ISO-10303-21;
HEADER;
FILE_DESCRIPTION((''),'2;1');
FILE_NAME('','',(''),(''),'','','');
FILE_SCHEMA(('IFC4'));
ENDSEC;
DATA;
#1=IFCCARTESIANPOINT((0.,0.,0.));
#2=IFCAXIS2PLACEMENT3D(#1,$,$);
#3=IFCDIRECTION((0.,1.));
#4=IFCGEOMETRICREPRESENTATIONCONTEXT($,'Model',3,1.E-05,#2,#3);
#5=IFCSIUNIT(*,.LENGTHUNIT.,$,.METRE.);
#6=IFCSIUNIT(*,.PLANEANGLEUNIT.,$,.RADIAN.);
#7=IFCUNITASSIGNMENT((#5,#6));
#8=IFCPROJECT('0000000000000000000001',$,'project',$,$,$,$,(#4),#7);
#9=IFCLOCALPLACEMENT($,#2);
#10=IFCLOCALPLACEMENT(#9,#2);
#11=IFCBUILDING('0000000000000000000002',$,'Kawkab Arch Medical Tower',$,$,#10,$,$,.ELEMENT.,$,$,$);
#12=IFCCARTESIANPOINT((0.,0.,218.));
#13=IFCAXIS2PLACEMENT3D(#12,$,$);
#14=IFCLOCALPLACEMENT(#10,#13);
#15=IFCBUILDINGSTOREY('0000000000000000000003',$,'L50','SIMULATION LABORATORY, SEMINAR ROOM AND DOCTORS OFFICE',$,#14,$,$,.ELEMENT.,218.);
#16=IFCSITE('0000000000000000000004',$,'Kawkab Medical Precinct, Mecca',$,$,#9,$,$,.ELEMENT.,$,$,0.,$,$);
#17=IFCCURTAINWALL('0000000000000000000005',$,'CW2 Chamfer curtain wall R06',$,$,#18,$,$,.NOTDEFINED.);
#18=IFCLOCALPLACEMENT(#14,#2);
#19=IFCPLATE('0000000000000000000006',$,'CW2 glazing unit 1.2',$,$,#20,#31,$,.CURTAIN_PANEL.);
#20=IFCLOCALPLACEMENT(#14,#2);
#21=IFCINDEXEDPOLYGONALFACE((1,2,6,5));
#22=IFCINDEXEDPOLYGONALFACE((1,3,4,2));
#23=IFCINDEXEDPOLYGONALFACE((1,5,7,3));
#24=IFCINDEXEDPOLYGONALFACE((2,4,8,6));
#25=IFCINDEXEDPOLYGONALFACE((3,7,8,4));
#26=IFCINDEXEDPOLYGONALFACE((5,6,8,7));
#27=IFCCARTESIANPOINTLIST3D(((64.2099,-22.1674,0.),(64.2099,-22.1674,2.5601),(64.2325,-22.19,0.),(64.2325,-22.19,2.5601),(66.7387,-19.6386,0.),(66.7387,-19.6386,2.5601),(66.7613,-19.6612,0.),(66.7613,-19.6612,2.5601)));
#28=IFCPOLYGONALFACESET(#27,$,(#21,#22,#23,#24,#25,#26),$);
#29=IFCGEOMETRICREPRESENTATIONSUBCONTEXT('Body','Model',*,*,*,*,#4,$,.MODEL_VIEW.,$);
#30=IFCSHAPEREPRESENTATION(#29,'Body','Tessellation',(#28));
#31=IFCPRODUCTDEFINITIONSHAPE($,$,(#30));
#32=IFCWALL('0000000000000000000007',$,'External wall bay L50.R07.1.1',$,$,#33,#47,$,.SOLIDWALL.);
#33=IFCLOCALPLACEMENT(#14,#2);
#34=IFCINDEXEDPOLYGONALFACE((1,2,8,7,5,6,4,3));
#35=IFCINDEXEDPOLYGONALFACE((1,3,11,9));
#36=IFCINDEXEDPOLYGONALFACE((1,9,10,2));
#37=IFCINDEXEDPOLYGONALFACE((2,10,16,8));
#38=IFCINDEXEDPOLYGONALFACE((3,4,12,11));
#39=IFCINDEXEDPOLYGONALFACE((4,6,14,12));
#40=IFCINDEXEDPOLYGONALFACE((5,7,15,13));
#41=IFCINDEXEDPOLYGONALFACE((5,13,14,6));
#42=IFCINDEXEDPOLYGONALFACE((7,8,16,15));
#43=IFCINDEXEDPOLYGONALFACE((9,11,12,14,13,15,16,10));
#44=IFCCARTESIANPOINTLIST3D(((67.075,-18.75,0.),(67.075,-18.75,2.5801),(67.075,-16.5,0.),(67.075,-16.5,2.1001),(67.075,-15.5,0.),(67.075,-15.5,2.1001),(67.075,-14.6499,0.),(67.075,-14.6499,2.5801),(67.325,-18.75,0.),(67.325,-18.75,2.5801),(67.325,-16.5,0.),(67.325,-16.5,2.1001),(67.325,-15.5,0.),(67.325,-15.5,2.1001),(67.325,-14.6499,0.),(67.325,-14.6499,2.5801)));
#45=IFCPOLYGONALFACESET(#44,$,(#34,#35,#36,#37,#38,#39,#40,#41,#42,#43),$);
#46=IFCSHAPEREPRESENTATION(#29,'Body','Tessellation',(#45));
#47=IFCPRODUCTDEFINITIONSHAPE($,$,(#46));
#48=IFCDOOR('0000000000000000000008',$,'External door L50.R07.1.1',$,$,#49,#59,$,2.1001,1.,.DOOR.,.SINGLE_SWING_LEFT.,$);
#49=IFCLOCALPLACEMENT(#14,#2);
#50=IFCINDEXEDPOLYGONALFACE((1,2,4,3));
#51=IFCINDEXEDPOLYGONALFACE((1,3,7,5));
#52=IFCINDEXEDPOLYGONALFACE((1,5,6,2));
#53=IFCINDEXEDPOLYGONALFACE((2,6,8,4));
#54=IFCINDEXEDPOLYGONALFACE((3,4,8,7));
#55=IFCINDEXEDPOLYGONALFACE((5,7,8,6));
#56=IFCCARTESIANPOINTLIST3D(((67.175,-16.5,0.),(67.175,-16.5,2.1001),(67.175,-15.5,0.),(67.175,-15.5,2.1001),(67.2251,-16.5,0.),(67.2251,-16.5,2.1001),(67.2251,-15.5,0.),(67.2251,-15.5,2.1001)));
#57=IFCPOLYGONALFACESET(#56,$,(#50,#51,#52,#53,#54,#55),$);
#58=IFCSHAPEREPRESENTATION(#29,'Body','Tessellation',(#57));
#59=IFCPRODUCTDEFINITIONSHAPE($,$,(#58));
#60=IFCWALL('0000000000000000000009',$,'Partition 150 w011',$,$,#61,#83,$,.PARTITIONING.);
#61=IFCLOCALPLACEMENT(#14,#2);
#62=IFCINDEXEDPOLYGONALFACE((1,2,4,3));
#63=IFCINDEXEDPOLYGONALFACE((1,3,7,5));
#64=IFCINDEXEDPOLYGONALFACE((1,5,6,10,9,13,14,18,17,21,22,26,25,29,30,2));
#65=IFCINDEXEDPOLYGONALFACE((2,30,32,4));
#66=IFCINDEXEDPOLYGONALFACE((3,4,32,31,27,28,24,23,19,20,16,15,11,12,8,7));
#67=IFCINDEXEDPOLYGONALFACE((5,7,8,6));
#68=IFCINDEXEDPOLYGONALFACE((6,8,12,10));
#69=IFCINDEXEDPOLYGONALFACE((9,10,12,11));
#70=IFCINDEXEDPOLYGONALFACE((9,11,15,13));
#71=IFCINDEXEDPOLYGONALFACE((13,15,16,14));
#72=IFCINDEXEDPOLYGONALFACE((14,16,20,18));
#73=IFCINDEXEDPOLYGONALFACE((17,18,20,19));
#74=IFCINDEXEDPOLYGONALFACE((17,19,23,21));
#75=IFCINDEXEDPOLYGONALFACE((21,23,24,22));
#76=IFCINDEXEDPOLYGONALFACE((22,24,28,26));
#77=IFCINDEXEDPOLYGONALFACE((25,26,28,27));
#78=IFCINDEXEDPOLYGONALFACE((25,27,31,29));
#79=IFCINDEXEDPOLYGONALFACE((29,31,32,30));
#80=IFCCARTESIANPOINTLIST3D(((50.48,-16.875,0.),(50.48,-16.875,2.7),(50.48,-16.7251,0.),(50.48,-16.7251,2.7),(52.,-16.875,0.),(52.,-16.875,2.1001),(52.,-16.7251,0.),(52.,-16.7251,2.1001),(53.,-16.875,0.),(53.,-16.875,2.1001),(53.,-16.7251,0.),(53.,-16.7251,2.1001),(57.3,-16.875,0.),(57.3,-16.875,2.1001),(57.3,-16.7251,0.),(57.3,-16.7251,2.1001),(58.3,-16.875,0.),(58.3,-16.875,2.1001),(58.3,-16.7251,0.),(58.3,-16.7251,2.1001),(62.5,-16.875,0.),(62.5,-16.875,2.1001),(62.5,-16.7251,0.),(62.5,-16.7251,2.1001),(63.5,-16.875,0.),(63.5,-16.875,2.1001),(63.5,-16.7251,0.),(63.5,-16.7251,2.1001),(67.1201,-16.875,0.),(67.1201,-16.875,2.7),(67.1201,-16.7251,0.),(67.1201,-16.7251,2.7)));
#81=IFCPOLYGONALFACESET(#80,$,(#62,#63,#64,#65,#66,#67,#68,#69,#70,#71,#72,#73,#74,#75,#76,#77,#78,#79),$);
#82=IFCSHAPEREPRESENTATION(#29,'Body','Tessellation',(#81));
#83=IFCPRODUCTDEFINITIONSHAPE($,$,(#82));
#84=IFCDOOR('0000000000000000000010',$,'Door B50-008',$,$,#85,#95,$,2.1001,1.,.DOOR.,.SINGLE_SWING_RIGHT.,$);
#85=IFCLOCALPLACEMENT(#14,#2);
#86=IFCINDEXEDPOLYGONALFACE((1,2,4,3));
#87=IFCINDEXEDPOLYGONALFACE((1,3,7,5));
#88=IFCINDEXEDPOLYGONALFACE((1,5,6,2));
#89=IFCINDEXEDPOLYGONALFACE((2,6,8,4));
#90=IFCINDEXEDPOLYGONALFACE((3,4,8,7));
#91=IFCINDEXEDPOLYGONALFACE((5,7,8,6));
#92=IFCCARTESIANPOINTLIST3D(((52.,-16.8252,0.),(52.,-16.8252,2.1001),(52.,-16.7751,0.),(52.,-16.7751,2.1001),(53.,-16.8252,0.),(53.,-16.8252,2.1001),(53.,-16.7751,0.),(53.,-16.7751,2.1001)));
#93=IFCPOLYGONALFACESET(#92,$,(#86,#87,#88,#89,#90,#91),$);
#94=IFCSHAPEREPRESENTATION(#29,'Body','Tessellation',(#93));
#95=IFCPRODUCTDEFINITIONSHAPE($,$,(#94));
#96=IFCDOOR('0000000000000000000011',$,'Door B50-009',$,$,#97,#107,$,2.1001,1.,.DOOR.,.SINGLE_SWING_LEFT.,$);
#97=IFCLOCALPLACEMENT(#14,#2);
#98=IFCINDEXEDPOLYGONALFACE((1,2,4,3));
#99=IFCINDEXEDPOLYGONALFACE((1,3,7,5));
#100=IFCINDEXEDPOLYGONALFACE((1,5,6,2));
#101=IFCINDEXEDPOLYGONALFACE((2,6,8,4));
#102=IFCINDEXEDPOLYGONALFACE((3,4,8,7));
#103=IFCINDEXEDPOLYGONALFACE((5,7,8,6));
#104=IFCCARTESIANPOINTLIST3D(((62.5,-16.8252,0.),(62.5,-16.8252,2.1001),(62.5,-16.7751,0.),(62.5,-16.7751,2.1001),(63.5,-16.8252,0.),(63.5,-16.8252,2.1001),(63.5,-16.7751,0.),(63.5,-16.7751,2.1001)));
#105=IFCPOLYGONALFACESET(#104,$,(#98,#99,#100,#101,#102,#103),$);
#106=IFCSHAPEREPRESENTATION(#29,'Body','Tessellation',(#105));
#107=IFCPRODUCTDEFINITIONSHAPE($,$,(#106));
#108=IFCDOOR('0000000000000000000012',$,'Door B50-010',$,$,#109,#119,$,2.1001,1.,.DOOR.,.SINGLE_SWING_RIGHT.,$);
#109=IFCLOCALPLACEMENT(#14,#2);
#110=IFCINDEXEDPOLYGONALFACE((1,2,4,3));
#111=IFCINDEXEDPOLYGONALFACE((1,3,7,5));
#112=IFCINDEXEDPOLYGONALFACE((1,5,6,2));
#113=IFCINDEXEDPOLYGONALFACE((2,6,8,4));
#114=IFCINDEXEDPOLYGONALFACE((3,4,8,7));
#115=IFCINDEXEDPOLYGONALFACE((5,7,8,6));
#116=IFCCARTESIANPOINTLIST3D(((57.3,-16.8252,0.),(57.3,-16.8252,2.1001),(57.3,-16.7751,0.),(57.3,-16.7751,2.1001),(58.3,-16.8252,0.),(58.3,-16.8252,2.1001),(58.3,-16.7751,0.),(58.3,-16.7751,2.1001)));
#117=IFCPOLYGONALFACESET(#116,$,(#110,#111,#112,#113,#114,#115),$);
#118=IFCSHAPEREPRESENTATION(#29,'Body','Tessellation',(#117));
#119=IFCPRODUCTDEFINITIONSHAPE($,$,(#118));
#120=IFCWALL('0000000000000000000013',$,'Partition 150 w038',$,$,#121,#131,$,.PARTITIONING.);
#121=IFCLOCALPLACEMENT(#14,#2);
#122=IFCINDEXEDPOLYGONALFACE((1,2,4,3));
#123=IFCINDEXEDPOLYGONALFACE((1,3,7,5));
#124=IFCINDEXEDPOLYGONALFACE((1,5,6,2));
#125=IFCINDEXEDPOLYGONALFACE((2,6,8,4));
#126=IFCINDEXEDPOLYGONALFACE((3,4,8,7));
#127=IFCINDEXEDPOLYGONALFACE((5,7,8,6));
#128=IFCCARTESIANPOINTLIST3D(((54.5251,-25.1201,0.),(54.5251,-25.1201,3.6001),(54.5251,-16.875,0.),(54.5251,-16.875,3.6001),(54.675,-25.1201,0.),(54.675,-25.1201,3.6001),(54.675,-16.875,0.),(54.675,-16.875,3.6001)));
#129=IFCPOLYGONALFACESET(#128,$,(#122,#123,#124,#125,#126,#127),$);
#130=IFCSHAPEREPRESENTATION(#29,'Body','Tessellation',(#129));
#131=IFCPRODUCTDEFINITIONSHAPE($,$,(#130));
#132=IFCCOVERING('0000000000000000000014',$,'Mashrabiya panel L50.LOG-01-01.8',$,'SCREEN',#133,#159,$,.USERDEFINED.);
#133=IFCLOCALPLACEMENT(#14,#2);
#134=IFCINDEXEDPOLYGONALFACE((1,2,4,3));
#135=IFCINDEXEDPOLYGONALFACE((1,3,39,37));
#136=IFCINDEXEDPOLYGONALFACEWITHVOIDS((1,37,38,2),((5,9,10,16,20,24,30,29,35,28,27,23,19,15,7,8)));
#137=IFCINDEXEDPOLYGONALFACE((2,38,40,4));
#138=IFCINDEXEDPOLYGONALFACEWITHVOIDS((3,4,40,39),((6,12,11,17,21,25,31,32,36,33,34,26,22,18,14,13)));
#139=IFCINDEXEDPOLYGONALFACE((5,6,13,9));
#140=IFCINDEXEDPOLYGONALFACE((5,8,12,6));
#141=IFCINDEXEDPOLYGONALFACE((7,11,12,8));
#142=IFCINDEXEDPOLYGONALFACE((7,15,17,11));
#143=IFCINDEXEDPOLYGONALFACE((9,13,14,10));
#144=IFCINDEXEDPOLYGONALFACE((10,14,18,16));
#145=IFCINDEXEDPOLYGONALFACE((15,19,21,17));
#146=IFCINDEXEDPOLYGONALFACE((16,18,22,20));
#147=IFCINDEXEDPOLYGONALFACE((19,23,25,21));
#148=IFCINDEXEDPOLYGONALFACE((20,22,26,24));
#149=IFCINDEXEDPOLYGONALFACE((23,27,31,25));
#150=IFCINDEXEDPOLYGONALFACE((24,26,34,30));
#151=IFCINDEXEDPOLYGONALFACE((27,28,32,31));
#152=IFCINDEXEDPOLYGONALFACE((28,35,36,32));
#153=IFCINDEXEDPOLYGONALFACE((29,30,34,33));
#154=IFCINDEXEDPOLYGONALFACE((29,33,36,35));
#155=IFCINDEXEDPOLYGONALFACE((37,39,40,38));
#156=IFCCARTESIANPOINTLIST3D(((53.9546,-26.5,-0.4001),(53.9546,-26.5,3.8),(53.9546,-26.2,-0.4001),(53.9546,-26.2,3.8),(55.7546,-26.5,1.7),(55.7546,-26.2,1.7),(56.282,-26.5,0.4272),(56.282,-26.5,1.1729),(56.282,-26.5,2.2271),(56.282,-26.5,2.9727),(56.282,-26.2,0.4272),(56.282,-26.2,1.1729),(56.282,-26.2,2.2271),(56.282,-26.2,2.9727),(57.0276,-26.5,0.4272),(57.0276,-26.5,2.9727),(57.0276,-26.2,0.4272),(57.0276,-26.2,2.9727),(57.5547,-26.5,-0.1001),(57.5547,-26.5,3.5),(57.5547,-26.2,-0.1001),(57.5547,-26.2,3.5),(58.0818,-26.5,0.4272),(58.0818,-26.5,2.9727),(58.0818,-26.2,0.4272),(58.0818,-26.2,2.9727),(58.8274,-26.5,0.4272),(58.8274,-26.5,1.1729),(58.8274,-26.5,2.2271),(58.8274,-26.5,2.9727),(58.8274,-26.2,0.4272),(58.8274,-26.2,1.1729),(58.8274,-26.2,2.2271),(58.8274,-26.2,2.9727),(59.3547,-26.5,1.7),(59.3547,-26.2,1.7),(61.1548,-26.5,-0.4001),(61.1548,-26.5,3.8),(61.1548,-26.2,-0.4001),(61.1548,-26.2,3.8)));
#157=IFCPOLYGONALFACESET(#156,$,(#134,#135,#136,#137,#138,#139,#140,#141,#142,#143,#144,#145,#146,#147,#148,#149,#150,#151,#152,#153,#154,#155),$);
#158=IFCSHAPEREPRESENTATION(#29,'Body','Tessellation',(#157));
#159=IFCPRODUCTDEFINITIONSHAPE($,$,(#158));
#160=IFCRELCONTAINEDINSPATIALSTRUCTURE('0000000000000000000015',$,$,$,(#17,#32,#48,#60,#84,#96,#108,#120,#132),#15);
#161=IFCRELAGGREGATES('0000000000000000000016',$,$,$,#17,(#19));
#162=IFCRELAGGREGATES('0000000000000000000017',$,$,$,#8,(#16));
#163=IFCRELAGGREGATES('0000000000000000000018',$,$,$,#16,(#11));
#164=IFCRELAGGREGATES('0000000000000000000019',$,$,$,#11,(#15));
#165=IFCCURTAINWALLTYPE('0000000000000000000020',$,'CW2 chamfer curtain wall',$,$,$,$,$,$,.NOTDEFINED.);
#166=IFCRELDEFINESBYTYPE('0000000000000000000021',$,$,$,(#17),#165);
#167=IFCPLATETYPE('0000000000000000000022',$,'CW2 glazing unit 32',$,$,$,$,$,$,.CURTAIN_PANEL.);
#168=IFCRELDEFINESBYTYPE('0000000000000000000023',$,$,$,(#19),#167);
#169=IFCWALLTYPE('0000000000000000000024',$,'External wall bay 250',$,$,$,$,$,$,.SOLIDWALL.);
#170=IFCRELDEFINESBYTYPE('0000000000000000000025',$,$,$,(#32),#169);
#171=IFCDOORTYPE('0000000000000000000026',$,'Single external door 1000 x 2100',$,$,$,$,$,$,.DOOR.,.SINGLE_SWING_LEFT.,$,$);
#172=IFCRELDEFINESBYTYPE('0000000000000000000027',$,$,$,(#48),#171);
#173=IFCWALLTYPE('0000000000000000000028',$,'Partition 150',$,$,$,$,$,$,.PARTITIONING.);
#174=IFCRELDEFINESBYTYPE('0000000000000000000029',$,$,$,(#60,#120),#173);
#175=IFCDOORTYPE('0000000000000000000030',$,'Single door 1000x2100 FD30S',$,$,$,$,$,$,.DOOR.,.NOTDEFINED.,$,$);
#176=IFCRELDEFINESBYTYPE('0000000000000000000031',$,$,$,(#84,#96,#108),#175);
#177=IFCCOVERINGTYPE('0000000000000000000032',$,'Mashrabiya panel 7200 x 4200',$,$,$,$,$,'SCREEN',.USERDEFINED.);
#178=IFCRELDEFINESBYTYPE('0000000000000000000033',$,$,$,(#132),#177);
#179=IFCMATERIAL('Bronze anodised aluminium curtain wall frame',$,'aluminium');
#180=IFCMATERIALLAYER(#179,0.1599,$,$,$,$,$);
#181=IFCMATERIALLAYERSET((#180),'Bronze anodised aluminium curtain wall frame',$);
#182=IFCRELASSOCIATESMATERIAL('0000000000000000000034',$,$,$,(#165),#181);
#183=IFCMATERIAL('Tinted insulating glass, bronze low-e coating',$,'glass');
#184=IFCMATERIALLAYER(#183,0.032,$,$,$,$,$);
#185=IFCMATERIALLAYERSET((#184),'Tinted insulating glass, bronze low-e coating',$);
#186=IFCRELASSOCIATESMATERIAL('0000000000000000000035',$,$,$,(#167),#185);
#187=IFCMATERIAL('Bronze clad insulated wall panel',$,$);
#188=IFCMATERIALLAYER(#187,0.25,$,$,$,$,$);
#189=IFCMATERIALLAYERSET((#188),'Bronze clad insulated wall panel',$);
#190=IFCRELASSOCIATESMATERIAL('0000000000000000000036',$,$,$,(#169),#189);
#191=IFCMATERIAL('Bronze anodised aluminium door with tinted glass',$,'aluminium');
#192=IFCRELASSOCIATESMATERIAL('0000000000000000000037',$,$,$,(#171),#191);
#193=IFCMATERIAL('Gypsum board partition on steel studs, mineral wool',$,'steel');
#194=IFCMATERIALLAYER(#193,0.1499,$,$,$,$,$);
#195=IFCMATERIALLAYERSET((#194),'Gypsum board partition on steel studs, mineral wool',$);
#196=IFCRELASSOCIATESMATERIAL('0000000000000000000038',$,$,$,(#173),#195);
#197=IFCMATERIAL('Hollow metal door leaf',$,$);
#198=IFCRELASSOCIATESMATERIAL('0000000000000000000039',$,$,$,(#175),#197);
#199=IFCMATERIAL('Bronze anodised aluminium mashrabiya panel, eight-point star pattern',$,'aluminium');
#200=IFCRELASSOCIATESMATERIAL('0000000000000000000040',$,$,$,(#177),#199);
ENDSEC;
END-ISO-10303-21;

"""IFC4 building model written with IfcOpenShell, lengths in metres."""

from ifc_helpers import new_model, si_unit, direction, frame, frame_2d, origin, origin_2d, place, context, subcontext, project, spatial, polyline, rectangle, outline, extrude, material, layer, layer_set, material_profile, profile_set, type_object, element, fill, aggregate, save


model = new_model("IFC4")

# Units and contexts
model_context = context("Model", 3, precision=1e-05, world=origin(), true_north=direction((0.0, 1.0)))
body_context = subcontext(model_context, "Body", "Model", "MODEL_VIEW")
ifc_project = project(units=[si_unit("LENGTHUNIT", "METRE"), si_unit("PLANEANGLEUNIT", "RADIAN")], contexts=[model_context])

# Site, building, storey
site_placement = place(None, origin())
site = spatial("IfcSite", under=ifc_project, at=site_placement, Name="Kawkab Medical Precinct, Mecca", CompositionType="ELEMENT", RefElevation=0.0)
building_placement = place(site_placement, origin())
building = spatial("IfcBuilding", under=site, at=building_placement, Name="Kawkab Arch Medical Tower", CompositionType="ELEMENT")
storey_placement = place(building_placement, frame((0.0, 0.0, 218.0)))
storey = spatial("IfcBuildingStorey", under=building, at=storey_placement, Name="L50", Description="SIMULATION LABORATORY, SEMINAR ROOM AND DOCTORS OFFICE", CompositionType="ELEMENT", Elevation=218.0)

# Shared definitions
placement = place(storey_placement, origin())

# Curtain wall
ifc_material_1 = material(Name="Bronze anodised aluminium curtain wall frame", Category="aluminium")
ifc_layer_1 = layer(ifc_material_1, 0.1599)
ifc_layer_set_1 = layer_set([ifc_layer_1], Name="Bronze anodised aluminium curtain wall frame")
curtain_wall_type_1 = type_object("IfcCurtainWallType", Name="CW2 chamfer curtain wall", PredefinedType="NOTDEFINED", material=ifc_layer_set_1)
curtain_wall_1 = element("IfcCurtainWall", 1, at=placement, inside=storey, type_object=curtain_wall_type_1, Name="CW2 Chamfer curtain wall R06", PredefinedType="NOTDEFINED")

# Plate
ifc_material_2 = material(Name="Tinted insulating glass, bronze low-e coating", Category="glass")
ifc_layer_2 = layer(ifc_material_2, 0.032)
ifc_layer_set_2 = layer_set([ifc_layer_2], Name="Tinted insulating glass, bronze low-e coating")
plate_type_1 = type_object("IfcPlateType", Name="CW2 glazing unit 32", PredefinedType="CURTAIN_PANEL", material=ifc_layer_set_2)
plate_1_placement = place(storey_placement, frame((65.4856, -20.9143, 0.0), z_axis=(0.0, 0.0, 1.0), x_axis=(0.707107, 0.707107, 0.0)))
plate_1 = element("IfcPlate", 2, at=plate_1_placement, type_object=plate_type_1, Name="CW2 glazing unit 1.2", PredefinedType="CURTAIN_PANEL", context=body_context, shape_type="SweptSolid", body=[
    extrude(rectangle(XDim=3.5762, YDim=0.032, at=origin_2d()), origin(), (0.0, 0.0, 1.0), 2.5601),
])
aggregate(curtain_wall_1, [plate_1])

# Wall, opening, door
ifc_material_3 = material(Name="Bronze clad insulated wall panel")
ifc_layer_3 = layer(ifc_material_3, 0.25)
ifc_layer_set_3 = layer_set([ifc_layer_3], Name="Bronze clad insulated wall panel")
wall_type_1 = type_object("IfcWallType", Name="External wall bay 250", PredefinedType="SOLIDWALL", material=ifc_layer_set_3)
wall_1_placement = place(storey_placement, frame((67.2, -18.75, 0.0), z_axis=(0.0, 0.0, 1.0), x_axis=(0.0, 1.0, 0.0)))
wall_1 = element("IfcWall", 3, at=wall_1_placement, inside=storey, type_object=wall_type_1, Name="External wall bay L50.R07.1.1", PredefinedType="SOLIDWALL", context=body_context, shape_type="SweptSolid", body=[
    extrude(rectangle(XDim=4.1001, YDim=0.25, at=frame_2d((2.05, 0.0))), origin(), (0.0, 0.0, 1.0), 2.5801),
])
opening_1_placement = place(wall_1_placement, frame((2.25, 0.0, 0.0)))
opening_1 = element("IfcOpeningElement", 4, at=opening_1_placement, cuts=wall_1, PredefinedType="OPENING", context=body_context, shape_type="SweptSolid", body=[
    extrude(rectangle(XDim=1.0, YDim=2.1001, at=frame_2d((0.5, 1.05))), frame((0.0, 0.135, 0.0), z_axis=(0.0, -1.0, 0.0), x_axis=(1.0, 0.0, 0.0)), (0.0, 0.0, 1.0), 0.27),
])
ifc_material_4 = material(Name="Bronze anodised aluminium door with tinted glass", Category="aluminium")
door_type_1 = type_object("IfcDoorType", Name="Single external door 1000 x 2100", OperationType="SINGLE_SWING_LEFT", PredefinedType="DOOR", material=ifc_material_4)
door_1_placement = place(opening_1_placement, origin())
door_1 = element("IfcDoor", 5, at=door_1_placement, inside=storey, type_object=door_type_1, Name="External door L50.R07.1.1", OperationType="SINGLE_SWING_LEFT", OverallHeight=2.1001, OverallWidth=1.0, PredefinedType="DOOR", context=body_context, shape_type="SweptSolid", body=[
    extrude(rectangle(XDim=1.0, YDim=2.1001, at=frame_2d((0.5, 1.05))), frame((0.0, 0.0249, 0.0), z_axis=(0.0, -1.0, 0.0), x_axis=(1.0, 0.0, 0.0)), (0.0, 0.0, 1.0), 0.05),
])
fill(opening_1, door_1)

# Wall, openings, doors
ifc_material_5 = material(Name="Gypsum board partition on steel studs, mineral wool", Category="steel")
ifc_layer_4 = layer(ifc_material_5, 0.1499)
ifc_layer_set_4 = layer_set([ifc_layer_4], Name="Gypsum board partition on steel studs, mineral wool")
wall_type_2 = type_object("IfcWallType", Name="Partition 150", PredefinedType="PARTITIONING", material=ifc_layer_set_4)
wall_2_placement = place(storey_placement, frame((50.48, -16.8, 0.0), z_axis=(0.0, 0.0, 1.0), x_axis=(1.0, 0.0, 0.0)))
wall_2 = element("IfcWall", 6, at=wall_2_placement, inside=storey, type_object=wall_type_2, Name="Partition 150 w011", PredefinedType="PARTITIONING", context=body_context, shape_type="SweptSolid", body=[
    extrude(rectangle(XDim=16.6401, YDim=0.1499, at=frame_2d((8.3201, 0.0))), origin(), (0.0, 0.0, 1.0), 2.7),
])
opening_2_placement = place(wall_2_placement, frame((1.52, 0.0, 0.0)))
opening_2 = element("IfcOpeningElement", 7, at=opening_2_placement, cuts=wall_2, PredefinedType="OPENING", context=body_context, shape_type="SweptSolid", body=[
    extrude(rectangle(XDim=1.0, YDim=2.1001, at=frame_2d((0.5, 1.05))), frame((0.0, 0.085, 0.0), z_axis=(0.0, -1.0, 0.0), x_axis=(1.0, 0.0, 0.0)), (0.0, 0.0, 1.0), 0.1699),
])
opening_3_placement = place(wall_2_placement, frame((12.02, 0.0, 0.0)))
opening_3 = element("IfcOpeningElement", 8, at=opening_3_placement, cuts=wall_2, PredefinedType="OPENING", context=body_context, shape_type="SweptSolid", body=[
    extrude(rectangle(XDim=1.0, YDim=2.1001, at=frame_2d((0.5, 1.05))), frame((0.0, 0.085, 0.0), z_axis=(0.0, -1.0, 0.0), x_axis=(1.0, 0.0, 0.0)), (0.0, 0.0, 1.0), 0.1699),
])
opening_4_placement = place(wall_2_placement, frame((6.8201, 0.0, 0.0)))
opening_4 = element("IfcOpeningElement", 9, at=opening_4_placement, cuts=wall_2, PredefinedType="OPENING", context=body_context, shape_type="SweptSolid", body=[
    extrude(rectangle(XDim=1.0, YDim=2.1001, at=frame_2d((0.5, 1.05))), frame((0.0, 0.085, 0.0), z_axis=(0.0, -1.0, 0.0), x_axis=(1.0, 0.0, 0.0)), (0.0, 0.0, 1.0), 0.1699),
])
ifc_material_6 = material(Name="Hollow metal door leaf")
door_type_2 = type_object("IfcDoorType", Name="Single door 1000x2100 FD30S", OperationType="NOTDEFINED", PredefinedType="DOOR", material=ifc_material_6)
door_2_placement = place(opening_2_placement, origin())
door_2 = element("IfcDoor", 10, at=door_2_placement, inside=storey, type_object=door_type_2, Name="Door B50-008", OperationType="SINGLE_SWING_RIGHT", OverallHeight=2.1001, OverallWidth=1.0, PredefinedType="DOOR", context=body_context, shape_type="SweptSolid", body=[
    extrude(rectangle(XDim=1.0, YDim=2.1001, at=frame_2d((0.5, 1.05))), frame((0.0, 0.0249, 0.0), z_axis=(0.0, -1.0, 0.0), x_axis=(1.0, 0.0, 0.0)), (0.0, 0.0, 1.0), 0.05),
])
fill(opening_2, door_2)
door_3_placement = place(opening_3_placement, origin())
door_3 = element("IfcDoor", 11, at=door_3_placement, inside=storey, type_object=door_type_2, Name="Door B50-009", OperationType="SINGLE_SWING_LEFT", OverallHeight=2.1001, OverallWidth=1.0, PredefinedType="DOOR", context=body_context, shape_type="SweptSolid", body=[
    extrude(rectangle(XDim=1.0, YDim=2.1001, at=frame_2d((0.5, 1.05))), frame((0.0, 0.0249, 0.0), z_axis=(0.0, -1.0, 0.0), x_axis=(1.0, 0.0, 0.0)), (0.0, 0.0, 1.0), 0.05),
])
fill(opening_3, door_3)
door_4_placement = place(opening_4_placement, origin())
door_4 = element("IfcDoor", 12, at=door_4_placement, inside=storey, type_object=door_type_2, Name="Door B50-010", OperationType="SINGLE_SWING_RIGHT", OverallHeight=2.1001, OverallWidth=1.0, PredefinedType="DOOR", context=body_context, shape_type="SweptSolid", body=[
    extrude(rectangle(XDim=1.0, YDim=2.1001, at=frame_2d((0.5, 1.05))), frame((0.0, 0.0249, 0.0), z_axis=(0.0, -1.0, 0.0), x_axis=(1.0, 0.0, 0.0)), (0.0, 0.0, 1.0), 0.05),
])
fill(opening_4, door_4)

# Wall
wall_3_placement = place(storey_placement, frame((54.6001, -25.1201, 0.0), z_axis=(0.0, 0.0, 1.0), x_axis=(0.0, 1.0, 0.0)))
element("IfcWall", 13, at=wall_3_placement, inside=storey, type_object=wall_type_2, Name="Partition 150 w038", PredefinedType="PARTITIONING", context=body_context, shape_type="SweptSolid", body=[
    extrude(rectangle(XDim=8.2451, YDim=0.1499, at=frame_2d((4.1226, 0.0))), origin(), (0.0, 0.0, 1.0), 3.6001),
])

# Covering
ifc_material_7 = material(Name="Bronze anodised aluminium mashrabiya panel, eight-point star pattern", Category="aluminium")
ifc_material_profile_1 = material_profile(ifc_material_7, outline(polyline([(-3.6001, -2.1001), (3.6001, -2.1001), (3.6001, 2.1001), (-3.6001, 2.1001), (-3.6001, -2.1001)]), holes=[polyline([(1.8, 0.0), (1.2727, 0.5271), (1.2727, 1.2727), (0.5271, 1.2727), (0.0, 1.8), (-0.5271, 1.2727), (-1.2727, 1.2727), (-1.2727, 0.5271), (-1.8, 0.0), (-1.2727, -0.5271), (-1.2727, -1.2727), (-0.5271, -1.2727), (0.0, -1.8), (0.5271, -1.2727), (1.2727, -1.2727), (1.2727, -0.5271), (1.8, 0.0)])]), Name="Mashrabiya panel 7200x4200")
ifc_profile_set_1 = profile_set([ifc_material_profile_1], Name="Bronze anodised aluminium mashrabiya panel, eight-point star pattern")
covering_type_1 = type_object("IfcCoveringType", Name="Mashrabiya panel 7200 x 4200", ElementType="SCREEN", PredefinedType="USERDEFINED", material=ifc_profile_set_1)
covering_1_placement = place(storey_placement, frame((57.5547, -26.2, 1.7), z_axis=(0.0, -1.0, 0.0), x_axis=(1.0, 0.0, 0.0)))
element("IfcCovering", 14, at=covering_1_placement, inside=storey, type_object=covering_type_1, Name="Mashrabiya panel L50.LOG-01-01.8", ObjectType="SCREEN", PredefinedType="USERDEFINED", context=body_context, shape_type="SweptSolid", body=[
    extrude(outline(polyline([(-3.6001, -2.1001), (3.6001, -2.1001), (3.6001, 2.1001), (-3.6001, 2.1001), (-3.6001, -2.1001)]), holes=[polyline([(1.8, 0.0), (1.2727, 0.5271), (1.2727, 1.2727), (0.5271, 1.2727), (0.0, 1.8), (-0.5271, 1.2727), (-1.2727, 1.2727), (-1.2727, 0.5271), (-1.8, 0.0), (-1.2727, -0.5271), (-1.2727, -1.2727), (-0.5271, -1.2727), (0.0, -1.8), (0.5271, -1.2727), (1.2727, -1.2727), (1.2727, -0.5271), (1.8, 0.0)])]), origin(), (0.0, 0.0, 1.0), 0.3),
])

save(model, "model.ifc")
